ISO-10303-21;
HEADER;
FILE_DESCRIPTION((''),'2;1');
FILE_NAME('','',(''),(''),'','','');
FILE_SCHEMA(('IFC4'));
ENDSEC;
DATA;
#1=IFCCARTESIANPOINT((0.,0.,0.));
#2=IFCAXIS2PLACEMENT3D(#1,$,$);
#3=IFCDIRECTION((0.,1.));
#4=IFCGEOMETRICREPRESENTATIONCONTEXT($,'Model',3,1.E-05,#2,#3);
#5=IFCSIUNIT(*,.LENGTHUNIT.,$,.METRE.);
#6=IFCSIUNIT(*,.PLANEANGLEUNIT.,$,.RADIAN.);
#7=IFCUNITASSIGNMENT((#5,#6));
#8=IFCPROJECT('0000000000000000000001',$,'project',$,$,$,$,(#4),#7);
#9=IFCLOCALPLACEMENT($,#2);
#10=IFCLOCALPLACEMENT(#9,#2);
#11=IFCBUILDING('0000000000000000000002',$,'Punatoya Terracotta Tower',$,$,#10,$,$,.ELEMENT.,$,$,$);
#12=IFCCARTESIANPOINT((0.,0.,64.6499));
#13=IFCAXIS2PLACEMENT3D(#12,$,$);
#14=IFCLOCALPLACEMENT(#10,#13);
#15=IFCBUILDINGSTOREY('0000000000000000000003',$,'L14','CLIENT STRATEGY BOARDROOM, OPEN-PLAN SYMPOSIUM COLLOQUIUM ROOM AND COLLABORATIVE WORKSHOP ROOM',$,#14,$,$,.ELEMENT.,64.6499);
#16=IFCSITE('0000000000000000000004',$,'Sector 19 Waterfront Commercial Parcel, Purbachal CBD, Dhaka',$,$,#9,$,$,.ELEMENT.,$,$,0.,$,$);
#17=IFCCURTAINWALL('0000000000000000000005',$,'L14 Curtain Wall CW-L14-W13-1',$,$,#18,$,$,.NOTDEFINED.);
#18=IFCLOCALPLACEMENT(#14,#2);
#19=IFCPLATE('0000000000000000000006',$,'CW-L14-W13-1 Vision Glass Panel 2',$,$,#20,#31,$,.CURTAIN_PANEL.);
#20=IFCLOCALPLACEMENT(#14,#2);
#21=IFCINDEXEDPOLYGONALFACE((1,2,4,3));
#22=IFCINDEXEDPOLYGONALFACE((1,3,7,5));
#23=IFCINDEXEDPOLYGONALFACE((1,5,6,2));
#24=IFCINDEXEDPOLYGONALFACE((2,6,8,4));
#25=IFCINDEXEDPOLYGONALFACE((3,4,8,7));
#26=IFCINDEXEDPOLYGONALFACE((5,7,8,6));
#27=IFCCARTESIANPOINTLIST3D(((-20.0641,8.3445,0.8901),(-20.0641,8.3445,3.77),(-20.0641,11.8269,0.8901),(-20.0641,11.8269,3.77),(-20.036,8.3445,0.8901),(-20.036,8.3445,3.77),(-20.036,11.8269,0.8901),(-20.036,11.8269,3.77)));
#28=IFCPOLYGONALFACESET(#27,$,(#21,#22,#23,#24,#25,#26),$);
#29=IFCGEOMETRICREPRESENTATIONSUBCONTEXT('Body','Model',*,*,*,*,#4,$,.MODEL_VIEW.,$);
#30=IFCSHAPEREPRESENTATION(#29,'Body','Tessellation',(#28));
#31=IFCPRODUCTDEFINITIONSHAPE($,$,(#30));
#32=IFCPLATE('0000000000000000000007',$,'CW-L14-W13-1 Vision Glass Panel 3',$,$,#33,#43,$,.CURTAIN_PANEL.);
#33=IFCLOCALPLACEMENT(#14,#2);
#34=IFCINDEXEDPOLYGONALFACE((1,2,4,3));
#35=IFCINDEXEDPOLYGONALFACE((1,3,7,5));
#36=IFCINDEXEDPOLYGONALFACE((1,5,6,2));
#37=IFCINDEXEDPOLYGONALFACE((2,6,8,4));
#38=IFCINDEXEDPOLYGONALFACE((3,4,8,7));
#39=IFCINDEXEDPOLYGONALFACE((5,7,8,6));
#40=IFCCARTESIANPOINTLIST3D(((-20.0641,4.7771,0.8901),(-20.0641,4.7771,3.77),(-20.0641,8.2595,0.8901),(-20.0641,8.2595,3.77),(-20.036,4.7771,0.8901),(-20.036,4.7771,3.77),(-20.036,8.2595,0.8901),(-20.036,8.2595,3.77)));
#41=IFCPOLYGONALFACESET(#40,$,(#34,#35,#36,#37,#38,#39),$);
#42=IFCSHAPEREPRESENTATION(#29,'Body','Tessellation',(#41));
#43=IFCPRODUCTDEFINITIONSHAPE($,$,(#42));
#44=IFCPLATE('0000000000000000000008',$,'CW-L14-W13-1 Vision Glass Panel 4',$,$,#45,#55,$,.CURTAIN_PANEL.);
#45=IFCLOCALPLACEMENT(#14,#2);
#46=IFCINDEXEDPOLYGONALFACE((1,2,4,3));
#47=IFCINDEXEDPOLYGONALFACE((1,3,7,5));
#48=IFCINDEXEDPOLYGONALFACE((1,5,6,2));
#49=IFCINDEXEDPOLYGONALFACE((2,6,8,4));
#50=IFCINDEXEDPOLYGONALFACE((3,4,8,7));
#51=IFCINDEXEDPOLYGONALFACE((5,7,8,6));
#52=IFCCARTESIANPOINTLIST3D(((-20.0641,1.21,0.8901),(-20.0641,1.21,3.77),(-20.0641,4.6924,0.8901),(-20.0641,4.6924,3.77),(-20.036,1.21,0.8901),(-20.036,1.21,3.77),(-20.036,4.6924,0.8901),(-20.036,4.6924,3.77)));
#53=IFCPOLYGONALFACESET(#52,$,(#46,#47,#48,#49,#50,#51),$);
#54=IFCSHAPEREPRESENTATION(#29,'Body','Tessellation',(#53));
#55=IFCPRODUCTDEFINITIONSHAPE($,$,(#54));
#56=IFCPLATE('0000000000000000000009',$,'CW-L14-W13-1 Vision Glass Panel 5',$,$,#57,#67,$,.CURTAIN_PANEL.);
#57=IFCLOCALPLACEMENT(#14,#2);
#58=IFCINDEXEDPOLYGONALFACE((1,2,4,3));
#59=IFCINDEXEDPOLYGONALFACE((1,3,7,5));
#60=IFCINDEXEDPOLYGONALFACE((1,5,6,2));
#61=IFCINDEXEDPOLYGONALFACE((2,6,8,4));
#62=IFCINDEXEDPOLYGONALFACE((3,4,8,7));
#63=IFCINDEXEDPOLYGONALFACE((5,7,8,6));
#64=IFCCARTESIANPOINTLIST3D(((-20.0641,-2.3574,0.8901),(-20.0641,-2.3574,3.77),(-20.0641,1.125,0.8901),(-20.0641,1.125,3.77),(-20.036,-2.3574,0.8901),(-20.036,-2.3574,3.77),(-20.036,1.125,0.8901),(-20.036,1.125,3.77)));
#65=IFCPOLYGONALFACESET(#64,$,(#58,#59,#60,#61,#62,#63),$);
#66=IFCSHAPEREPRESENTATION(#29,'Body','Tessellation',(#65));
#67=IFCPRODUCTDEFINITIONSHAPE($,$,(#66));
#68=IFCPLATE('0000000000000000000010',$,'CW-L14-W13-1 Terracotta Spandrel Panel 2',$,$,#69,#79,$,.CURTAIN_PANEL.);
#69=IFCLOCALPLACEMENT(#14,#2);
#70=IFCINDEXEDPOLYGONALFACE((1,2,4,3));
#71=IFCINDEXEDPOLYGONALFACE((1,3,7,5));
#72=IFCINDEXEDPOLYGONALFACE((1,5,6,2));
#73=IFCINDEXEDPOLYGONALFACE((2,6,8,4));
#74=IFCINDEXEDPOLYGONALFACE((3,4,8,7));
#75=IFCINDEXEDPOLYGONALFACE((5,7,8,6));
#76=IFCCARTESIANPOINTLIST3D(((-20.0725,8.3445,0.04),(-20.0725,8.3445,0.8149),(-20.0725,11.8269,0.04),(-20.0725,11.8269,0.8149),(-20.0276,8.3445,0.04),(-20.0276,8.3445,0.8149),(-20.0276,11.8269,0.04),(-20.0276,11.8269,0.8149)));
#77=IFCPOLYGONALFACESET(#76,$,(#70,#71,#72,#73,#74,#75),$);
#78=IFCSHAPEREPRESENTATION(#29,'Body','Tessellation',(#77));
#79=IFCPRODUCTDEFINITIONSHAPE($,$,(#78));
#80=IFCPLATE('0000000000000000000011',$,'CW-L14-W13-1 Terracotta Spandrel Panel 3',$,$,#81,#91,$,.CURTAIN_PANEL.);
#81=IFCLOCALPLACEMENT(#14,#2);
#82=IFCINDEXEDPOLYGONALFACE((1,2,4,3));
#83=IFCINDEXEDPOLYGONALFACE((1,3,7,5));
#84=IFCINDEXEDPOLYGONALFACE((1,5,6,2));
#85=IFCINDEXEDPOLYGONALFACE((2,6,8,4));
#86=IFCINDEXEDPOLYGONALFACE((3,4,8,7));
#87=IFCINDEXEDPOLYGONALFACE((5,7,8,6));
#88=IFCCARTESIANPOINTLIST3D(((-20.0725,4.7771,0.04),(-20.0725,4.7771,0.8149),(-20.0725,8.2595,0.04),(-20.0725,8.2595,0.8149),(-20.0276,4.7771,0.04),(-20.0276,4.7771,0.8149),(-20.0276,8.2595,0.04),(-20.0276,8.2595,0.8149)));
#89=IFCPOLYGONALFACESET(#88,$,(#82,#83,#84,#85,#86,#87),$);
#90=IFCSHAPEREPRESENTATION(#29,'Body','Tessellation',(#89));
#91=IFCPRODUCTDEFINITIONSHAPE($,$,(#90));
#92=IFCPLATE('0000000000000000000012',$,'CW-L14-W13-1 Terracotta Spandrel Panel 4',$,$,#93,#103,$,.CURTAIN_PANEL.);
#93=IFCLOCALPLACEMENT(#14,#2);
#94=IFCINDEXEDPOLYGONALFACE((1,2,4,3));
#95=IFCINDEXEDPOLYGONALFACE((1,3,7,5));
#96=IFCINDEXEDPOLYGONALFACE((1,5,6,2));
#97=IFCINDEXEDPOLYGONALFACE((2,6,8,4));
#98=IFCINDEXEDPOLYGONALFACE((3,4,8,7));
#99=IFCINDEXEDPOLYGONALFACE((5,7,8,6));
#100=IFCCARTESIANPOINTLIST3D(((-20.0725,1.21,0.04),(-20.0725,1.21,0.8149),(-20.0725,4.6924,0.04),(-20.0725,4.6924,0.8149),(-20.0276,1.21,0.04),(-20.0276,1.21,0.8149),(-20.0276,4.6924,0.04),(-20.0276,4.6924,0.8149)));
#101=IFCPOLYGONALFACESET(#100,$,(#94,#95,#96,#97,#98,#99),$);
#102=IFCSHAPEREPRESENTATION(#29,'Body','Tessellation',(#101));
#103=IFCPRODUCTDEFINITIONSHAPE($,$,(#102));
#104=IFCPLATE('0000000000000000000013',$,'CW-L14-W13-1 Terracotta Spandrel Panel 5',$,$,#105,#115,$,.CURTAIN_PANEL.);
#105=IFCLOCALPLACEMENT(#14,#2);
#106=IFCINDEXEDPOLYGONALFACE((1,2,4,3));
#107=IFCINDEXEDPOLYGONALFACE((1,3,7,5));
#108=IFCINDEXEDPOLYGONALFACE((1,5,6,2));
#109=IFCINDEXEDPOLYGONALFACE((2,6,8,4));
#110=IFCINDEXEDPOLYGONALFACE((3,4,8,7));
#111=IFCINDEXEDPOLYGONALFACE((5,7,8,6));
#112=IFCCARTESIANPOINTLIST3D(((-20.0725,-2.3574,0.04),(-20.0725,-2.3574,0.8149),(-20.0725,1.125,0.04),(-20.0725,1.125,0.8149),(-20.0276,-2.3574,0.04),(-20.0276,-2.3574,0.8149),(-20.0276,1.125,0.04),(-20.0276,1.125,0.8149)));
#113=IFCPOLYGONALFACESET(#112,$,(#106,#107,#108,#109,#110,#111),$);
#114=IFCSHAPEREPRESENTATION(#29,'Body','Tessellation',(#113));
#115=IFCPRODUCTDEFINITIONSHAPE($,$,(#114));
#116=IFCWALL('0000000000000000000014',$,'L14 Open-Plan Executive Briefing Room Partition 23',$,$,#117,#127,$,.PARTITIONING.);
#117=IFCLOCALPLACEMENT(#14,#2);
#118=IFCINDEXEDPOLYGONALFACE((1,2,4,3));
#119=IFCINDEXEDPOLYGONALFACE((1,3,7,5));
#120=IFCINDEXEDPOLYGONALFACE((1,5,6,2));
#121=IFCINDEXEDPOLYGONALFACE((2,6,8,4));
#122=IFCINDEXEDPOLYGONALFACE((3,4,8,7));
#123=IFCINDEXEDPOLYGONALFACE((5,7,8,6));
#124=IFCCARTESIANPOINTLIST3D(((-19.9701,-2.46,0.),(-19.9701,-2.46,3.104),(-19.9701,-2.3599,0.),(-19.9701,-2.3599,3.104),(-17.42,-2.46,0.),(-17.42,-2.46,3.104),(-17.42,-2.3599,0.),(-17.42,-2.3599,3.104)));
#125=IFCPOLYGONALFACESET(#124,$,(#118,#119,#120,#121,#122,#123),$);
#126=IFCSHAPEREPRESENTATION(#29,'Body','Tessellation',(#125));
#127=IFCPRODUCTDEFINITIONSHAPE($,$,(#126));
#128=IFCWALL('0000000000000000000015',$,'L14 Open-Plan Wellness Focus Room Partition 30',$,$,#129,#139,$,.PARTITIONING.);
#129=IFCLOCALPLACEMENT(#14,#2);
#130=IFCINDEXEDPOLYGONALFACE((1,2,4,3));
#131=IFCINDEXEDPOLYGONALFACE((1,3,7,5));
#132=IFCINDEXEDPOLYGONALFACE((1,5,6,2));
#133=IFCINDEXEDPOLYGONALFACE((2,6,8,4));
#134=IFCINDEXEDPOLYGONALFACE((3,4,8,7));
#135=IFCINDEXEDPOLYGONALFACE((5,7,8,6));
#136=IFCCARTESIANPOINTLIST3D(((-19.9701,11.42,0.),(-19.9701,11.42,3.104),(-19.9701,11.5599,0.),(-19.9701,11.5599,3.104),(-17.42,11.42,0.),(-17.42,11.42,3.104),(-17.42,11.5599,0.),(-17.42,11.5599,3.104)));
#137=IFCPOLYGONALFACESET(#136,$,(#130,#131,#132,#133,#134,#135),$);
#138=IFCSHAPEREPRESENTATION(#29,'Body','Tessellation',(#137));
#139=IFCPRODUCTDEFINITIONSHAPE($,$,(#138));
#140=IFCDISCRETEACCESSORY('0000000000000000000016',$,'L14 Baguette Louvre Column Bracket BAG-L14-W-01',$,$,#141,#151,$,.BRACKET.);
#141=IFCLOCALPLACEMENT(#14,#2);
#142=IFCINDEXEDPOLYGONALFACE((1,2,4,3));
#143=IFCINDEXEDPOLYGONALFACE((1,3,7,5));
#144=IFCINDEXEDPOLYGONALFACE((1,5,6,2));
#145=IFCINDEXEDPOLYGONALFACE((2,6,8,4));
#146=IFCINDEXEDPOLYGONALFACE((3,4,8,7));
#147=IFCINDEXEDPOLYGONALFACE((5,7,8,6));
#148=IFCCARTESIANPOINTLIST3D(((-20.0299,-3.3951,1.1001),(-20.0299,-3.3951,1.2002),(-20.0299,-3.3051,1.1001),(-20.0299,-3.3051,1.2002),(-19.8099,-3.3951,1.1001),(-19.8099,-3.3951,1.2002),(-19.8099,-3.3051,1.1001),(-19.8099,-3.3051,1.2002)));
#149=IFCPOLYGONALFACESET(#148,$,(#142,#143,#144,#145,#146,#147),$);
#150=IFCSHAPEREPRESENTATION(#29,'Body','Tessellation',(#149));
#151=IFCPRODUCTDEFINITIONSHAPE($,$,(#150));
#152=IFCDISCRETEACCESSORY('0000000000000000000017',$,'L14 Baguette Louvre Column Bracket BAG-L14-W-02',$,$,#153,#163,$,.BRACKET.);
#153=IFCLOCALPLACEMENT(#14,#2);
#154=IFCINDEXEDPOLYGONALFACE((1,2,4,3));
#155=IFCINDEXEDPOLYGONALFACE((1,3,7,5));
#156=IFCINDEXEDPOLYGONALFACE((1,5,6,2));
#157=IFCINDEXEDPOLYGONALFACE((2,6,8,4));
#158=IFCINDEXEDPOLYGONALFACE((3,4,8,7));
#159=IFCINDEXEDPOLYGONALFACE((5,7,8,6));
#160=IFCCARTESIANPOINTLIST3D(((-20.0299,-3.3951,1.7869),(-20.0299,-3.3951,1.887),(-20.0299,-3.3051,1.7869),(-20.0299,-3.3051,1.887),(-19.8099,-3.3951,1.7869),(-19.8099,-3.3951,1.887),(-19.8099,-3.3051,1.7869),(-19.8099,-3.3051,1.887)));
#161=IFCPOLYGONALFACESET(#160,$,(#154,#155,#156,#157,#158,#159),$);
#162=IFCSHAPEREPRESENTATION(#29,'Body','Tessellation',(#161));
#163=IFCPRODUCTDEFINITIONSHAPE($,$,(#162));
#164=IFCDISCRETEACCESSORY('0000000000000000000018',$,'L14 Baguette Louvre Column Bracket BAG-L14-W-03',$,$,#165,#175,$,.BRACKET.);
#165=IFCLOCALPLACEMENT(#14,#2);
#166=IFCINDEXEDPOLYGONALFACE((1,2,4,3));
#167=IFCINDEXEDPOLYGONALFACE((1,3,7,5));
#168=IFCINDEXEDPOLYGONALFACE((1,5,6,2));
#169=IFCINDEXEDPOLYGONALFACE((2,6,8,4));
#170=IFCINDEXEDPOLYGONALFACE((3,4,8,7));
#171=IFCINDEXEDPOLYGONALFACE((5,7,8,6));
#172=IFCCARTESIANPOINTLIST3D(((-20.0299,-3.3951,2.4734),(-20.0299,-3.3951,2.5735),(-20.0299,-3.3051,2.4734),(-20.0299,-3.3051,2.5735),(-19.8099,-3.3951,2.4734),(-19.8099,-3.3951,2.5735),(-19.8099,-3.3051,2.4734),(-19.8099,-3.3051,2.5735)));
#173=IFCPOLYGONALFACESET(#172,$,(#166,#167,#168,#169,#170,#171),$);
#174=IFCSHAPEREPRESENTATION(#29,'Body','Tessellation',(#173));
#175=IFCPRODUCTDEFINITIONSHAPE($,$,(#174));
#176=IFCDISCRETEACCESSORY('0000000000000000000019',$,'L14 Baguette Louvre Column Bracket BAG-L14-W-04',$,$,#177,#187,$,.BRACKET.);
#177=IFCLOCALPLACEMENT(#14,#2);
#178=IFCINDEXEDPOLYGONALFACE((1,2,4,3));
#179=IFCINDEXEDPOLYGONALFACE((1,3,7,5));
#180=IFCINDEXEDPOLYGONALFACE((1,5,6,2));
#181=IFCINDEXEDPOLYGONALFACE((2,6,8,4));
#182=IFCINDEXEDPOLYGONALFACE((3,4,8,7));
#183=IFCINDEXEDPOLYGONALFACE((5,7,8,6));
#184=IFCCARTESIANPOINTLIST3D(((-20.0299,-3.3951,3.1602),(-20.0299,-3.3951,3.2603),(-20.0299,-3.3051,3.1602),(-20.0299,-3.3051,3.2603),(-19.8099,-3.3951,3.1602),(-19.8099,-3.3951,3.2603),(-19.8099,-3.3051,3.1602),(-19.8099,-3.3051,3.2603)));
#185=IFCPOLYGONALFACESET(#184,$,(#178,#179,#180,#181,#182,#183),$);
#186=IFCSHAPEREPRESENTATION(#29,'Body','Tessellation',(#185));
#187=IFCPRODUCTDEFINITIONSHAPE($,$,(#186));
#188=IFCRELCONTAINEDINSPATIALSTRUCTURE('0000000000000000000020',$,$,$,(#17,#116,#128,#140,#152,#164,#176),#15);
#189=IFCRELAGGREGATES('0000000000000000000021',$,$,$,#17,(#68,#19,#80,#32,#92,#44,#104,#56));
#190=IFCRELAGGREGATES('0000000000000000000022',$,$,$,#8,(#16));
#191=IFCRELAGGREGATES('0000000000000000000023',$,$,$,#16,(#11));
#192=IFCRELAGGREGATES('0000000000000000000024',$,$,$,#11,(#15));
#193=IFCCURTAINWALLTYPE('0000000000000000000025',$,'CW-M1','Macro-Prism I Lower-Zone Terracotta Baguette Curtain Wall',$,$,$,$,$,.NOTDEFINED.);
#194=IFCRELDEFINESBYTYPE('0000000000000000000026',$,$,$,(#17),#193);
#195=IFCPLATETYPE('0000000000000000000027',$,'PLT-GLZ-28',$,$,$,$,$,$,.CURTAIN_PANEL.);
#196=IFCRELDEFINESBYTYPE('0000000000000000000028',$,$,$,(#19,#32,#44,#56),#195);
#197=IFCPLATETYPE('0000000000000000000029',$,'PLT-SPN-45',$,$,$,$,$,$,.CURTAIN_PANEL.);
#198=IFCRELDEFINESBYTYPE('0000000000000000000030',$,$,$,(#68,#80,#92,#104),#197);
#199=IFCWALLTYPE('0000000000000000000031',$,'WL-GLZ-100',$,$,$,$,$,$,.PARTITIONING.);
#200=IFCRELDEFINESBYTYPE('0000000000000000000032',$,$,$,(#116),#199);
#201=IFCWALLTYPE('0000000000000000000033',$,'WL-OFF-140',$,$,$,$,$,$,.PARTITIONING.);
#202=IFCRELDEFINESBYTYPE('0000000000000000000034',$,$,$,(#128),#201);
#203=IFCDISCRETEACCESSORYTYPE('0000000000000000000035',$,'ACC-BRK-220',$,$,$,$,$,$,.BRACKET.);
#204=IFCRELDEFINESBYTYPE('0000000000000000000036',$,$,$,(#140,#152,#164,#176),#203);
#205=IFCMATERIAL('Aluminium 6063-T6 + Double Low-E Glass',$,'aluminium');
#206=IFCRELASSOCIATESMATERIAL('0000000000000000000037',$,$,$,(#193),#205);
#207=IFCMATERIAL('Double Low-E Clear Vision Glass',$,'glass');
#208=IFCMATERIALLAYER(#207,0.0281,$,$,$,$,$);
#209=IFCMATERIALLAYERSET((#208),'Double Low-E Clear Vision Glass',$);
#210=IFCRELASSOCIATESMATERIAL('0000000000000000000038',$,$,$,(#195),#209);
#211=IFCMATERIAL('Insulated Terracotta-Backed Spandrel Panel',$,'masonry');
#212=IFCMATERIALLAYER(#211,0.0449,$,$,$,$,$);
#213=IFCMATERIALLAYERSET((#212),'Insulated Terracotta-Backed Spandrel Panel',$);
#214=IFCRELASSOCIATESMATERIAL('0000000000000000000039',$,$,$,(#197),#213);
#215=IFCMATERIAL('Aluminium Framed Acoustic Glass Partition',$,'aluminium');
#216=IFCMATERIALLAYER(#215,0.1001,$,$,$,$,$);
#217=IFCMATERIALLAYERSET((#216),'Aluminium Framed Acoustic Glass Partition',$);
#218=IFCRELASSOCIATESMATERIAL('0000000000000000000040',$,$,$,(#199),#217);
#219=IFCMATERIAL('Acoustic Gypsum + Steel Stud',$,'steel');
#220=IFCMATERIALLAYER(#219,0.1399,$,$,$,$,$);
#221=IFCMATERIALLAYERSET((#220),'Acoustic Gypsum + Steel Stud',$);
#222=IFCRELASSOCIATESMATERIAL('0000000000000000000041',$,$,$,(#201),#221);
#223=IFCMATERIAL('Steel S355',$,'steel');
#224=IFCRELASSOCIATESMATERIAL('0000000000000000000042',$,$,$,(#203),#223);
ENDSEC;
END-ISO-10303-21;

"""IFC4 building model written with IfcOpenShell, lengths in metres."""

from ifc_helpers import new_model, si_unit, direction, frame, frame_2d, origin, origin_2d, place, context, subcontext, project, spatial, rectangle, extrude, material, layer, layer_set, type_object, element, aggregate, save


model = new_model("IFC4")

# Units and contexts
model_context = context("Model", 3, precision=1e-05, world=origin(), true_north=direction((0.0, 1.0)))
body_context = subcontext(model_context, "Body", "Model", "MODEL_VIEW")
ifc_project = project(units=[si_unit("LENGTHUNIT", "METRE"), si_unit("PLANEANGLEUNIT", "RADIAN")], contexts=[model_context])

# Site, building, storey
site_placement = place(None, origin())
site = spatial("IfcSite", under=ifc_project, at=site_placement, Name="Sector 19 Waterfront Commercial Parcel, Purbachal CBD, Dhaka", CompositionType="ELEMENT", RefElevation=0.0)
building_placement = place(site_placement, origin())
building = spatial("IfcBuilding", under=site, at=building_placement, Name="Punatoya Terracotta Tower", CompositionType="ELEMENT")
storey_placement = place(building_placement, frame((0.0, 0.0, 64.6499)))
storey = spatial("IfcBuildingStorey", under=building, at=storey_placement, Name="L14", Description="CLIENT STRATEGY BOARDROOM, OPEN-PLAN SYMPOSIUM COLLOQUIUM ROOM AND COLLABORATIVE WORKSHOP ROOM", CompositionType="ELEMENT", Elevation=64.6499)

# Shared definitions
ifc_material_1 = material(Name="Steel S355", Category="steel")

# Curtain wall
ifc_material_2 = material(Name="Aluminium 6063-T6 + Double Low-E Glass", Category="aluminium")
curtain_wall_type = type_object("IfcCurtainWallType", Name="CW-M1", Description="Macro-Prism I Lower-Zone Terracotta Baguette Curtain Wall", PredefinedType="NOTDEFINED", material=ifc_material_2)
curtain_wall_placement = place(storey_placement, origin())
curtain_wall = element("IfcCurtainWall", 1, at=curtain_wall_placement, inside=storey, type_object=curtain_wall_type, Name="L14 Curtain Wall CW-L14-W13-1", PredefinedType="NOTDEFINED")

# Plates
ifc_material_3 = material(Name="Double Low-E Clear Vision Glass", Category="glass")
ifc_layer_1 = layer(ifc_material_3, 0.0281)
ifc_layer_set_1 = layer_set([ifc_layer_1], Name="Double Low-E Clear Vision Glass")
plate_type_1 = type_object("IfcPlateType", Name="PLT-GLZ-28", PredefinedType="CURTAIN_PANEL", material=ifc_layer_set_1)
plate_1_placement = place(storey_placement, frame((-20.05, 10.0857, 0.8901), z_axis=(0.0, 0.0, 1.0), x_axis=(0.0, -1.0, 0.0)))
plate_1 = element("IfcPlate", 2, at=plate_1_placement, type_object=plate_type_1, Name="CW-L14-W13-1 Vision Glass Panel 2", PredefinedType="CURTAIN_PANEL", context=body_context, shape_type="SweptSolid", body=[
    extrude(rectangle(XDim=3.4824, YDim=0.0281, at=origin_2d()), origin(), (0.0, 0.0, 1.0), 2.8799),
])
plate_2_placement = place(storey_placement, frame((-20.05, 6.5183, 0.8901), z_axis=(0.0, 0.0, 1.0), x_axis=(0.0, -1.0, 0.0)))
plate_2 = element("IfcPlate", 3, at=plate_2_placement, type_object=plate_type_1, Name="CW-L14-W13-1 Vision Glass Panel 3", PredefinedType="CURTAIN_PANEL", context=body_context, shape_type="SweptSolid", body=[
    extrude(rectangle(XDim=3.4824, YDim=0.0281, at=origin_2d()), origin(), (0.0, 0.0, 1.0), 2.8799),
])
plate_3_placement = place(storey_placement, frame((-20.05, 2.9512, 0.8901), z_axis=(0.0, 0.0, 1.0), x_axis=(0.0, -1.0, 0.0)))
plate_3 = element("IfcPlate", 4, at=plate_3_placement, type_object=plate_type_1, Name="CW-L14-W13-1 Vision Glass Panel 4", PredefinedType="CURTAIN_PANEL", context=body_context, shape_type="SweptSolid", body=[
    extrude(rectangle(XDim=3.4824, YDim=0.0281, at=origin_2d()), origin(), (0.0, 0.0, 1.0), 2.8799),
])
plate_4_placement = place(storey_placement, frame((-20.05, -0.6162, 0.8901), z_axis=(0.0, 0.0, 1.0), x_axis=(0.0, -1.0, 0.0)))
plate_4 = element("IfcPlate", 5, at=plate_4_placement, type_object=plate_type_1, Name="CW-L14-W13-1 Vision Glass Panel 5", PredefinedType="CURTAIN_PANEL", context=body_context, shape_type="SweptSolid", body=[
    extrude(rectangle(XDim=3.4824, YDim=0.0281, at=origin_2d()), origin(), (0.0, 0.0, 1.0), 2.8799),
])
ifc_material_4 = material(Name="Insulated Terracotta-Backed Spandrel Panel", Category="masonry")
ifc_layer_2 = layer(ifc_material_4, 0.0449)
ifc_layer_set_2 = layer_set([ifc_layer_2], Name="Insulated Terracotta-Backed Spandrel Panel")
plate_type_2 = type_object("IfcPlateType", Name="PLT-SPN-45", PredefinedType="CURTAIN_PANEL", material=ifc_layer_set_2)
plate_5_placement = place(storey_placement, frame((-20.05, 10.0857, 0.04), z_axis=(0.0, 0.0, 1.0), x_axis=(0.0, -1.0, 0.0)))
plate_5 = element("IfcPlate", 6, at=plate_5_placement, type_object=plate_type_2, Name="CW-L14-W13-1 Terracotta Spandrel Panel 2", PredefinedType="CURTAIN_PANEL", context=body_context, shape_type="SweptSolid", body=[
    extrude(rectangle(XDim=3.4824, YDim=0.0449, at=origin_2d()), origin(), (0.0, 0.0, 1.0), 0.7749),
])
plate_6_placement = place(storey_placement, frame((-20.05, 6.5183, 0.04), z_axis=(0.0, 0.0, 1.0), x_axis=(0.0, -1.0, 0.0)))
plate_6 = element("IfcPlate", 7, at=plate_6_placement, type_object=plate_type_2, Name="CW-L14-W13-1 Terracotta Spandrel Panel 3", PredefinedType="CURTAIN_PANEL", context=body_context, shape_type="SweptSolid", body=[
    extrude(rectangle(XDim=3.4824, YDim=0.0449, at=origin_2d()), origin(), (0.0, 0.0, 1.0), 0.7749),
])
plate_7_placement = place(storey_placement, frame((-20.05, 2.9512, 0.04), z_axis=(0.0, 0.0, 1.0), x_axis=(0.0, -1.0, 0.0)))
plate_7 = element("IfcPlate", 8, at=plate_7_placement, type_object=plate_type_2, Name="CW-L14-W13-1 Terracotta Spandrel Panel 4", PredefinedType="CURTAIN_PANEL", context=body_context, shape_type="SweptSolid", body=[
    extrude(rectangle(XDim=3.4824, YDim=0.0449, at=origin_2d()), origin(), (0.0, 0.0, 1.0), 0.7749),
])
plate_8_placement = place(storey_placement, frame((-20.05, -0.6162, 0.04), z_axis=(0.0, 0.0, 1.0), x_axis=(0.0, -1.0, 0.0)))
plate_8 = element("IfcPlate", 9, at=plate_8_placement, type_object=plate_type_2, Name="CW-L14-W13-1 Terracotta Spandrel Panel 5", PredefinedType="CURTAIN_PANEL", context=body_context, shape_type="SweptSolid", body=[
    extrude(rectangle(XDim=3.4824, YDim=0.0449, at=origin_2d()), origin(), (0.0, 0.0, 1.0), 0.7749),
])
aggregate(curtain_wall, [plate_5, plate_1, plate_6, plate_2, plate_7, plate_3, plate_8, plate_4])

# Walls
ifc_material_5 = material(Name="Aluminium Framed Acoustic Glass Partition", Category="aluminium")
ifc_layer_3 = layer(ifc_material_5, 0.1001)
ifc_layer_set_3 = layer_set([ifc_layer_3], Name="Aluminium Framed Acoustic Glass Partition")
wall_type_1 = type_object("IfcWallType", Name="WL-GLZ-100", PredefinedType="PARTITIONING", material=ifc_layer_set_3)
wall_1_placement = place(storey_placement, frame((-19.97, -2.4099, 0.0), z_axis=(0.0, 0.0, 1.0), x_axis=(1.0, 0.0, 0.0)))
element("IfcWall", 10, at=wall_1_placement, inside=storey, type_object=wall_type_1, Name="L14 Open-Plan Executive Briefing Room Partition 23", PredefinedType="PARTITIONING", context=body_context, shape_type="SweptSolid", body=[
    extrude(rectangle(XDim=2.55, YDim=0.1001, at=frame_2d((1.2749, 0.0))), origin(), (0.0, 0.0, 1.0), 3.104),
])
ifc_material_6 = material(Name="Acoustic Gypsum + Steel Stud", Category="steel")
ifc_layer_4 = layer(ifc_material_6, 0.1399)
ifc_layer_set_4 = layer_set([ifc_layer_4], Name="Acoustic Gypsum + Steel Stud")
wall_type_2 = type_object("IfcWallType", Name="WL-OFF-140", PredefinedType="PARTITIONING", material=ifc_layer_set_4)
wall_2_placement = place(storey_placement, frame((-19.97, 11.49, 0.0), z_axis=(0.0, 0.0, 1.0), x_axis=(1.0, 0.0, 0.0)))
element("IfcWall", 11, at=wall_2_placement, inside=storey, type_object=wall_type_2, Name="L14 Open-Plan Wellness Focus Room Partition 30", PredefinedType="PARTITIONING", context=body_context, shape_type="SweptSolid", body=[
    extrude(rectangle(XDim=2.55, YDim=0.1399, at=frame_2d((1.2749, 0.0))), origin(), (0.0, 0.0, 1.0), 3.104),
])

# Discrete accessories
discrete_accessory_type = type_object("IfcDiscreteAccessoryType", Name="ACC-BRK-220", PredefinedType="BRACKET", material=ifc_material_1)
for number, where, z_axis, x_axis, name in (
    (12, (-19.9199, -3.3501, 1.1001), (0.0, 0.0, 1.0), (0.0, 1.0, 0.0), "L14 Baguette Louvre Column Bracket BAG-L14-W-01"),
    (13, (-19.9199, -3.3501, 1.7869), (0.0, 0.0, 1.0), (0.0, 1.0, 0.0), "L14 Baguette Louvre Column Bracket BAG-L14-W-02"),
    (14, (-19.9199, -3.3501, 2.4734), (0.0, 0.0, 1.0), (0.0, 1.0, 0.0), "L14 Baguette Louvre Column Bracket BAG-L14-W-03"),
    (15, (-19.9199, -3.3501, 3.1602), (0.0, 0.0, 1.0), (0.0, 1.0, 0.0), "L14 Baguette Louvre Column Bracket BAG-L14-W-04"),
):
    element("IfcDiscreteAccessory", number, at=place(storey_placement, frame(where, z_axis=z_axis, x_axis=x_axis)), inside=storey, type_object=discrete_accessory_type, Name=name, PredefinedType="BRACKET", context=body_context, shape_type="SweptSolid", body=[
        extrude(rectangle(XDim=0.0901, YDim=0.22, at=origin_2d()), origin(), (0.0, 0.0, 1.0), 0.1001),
    ])

save(model, "model.ifc")
